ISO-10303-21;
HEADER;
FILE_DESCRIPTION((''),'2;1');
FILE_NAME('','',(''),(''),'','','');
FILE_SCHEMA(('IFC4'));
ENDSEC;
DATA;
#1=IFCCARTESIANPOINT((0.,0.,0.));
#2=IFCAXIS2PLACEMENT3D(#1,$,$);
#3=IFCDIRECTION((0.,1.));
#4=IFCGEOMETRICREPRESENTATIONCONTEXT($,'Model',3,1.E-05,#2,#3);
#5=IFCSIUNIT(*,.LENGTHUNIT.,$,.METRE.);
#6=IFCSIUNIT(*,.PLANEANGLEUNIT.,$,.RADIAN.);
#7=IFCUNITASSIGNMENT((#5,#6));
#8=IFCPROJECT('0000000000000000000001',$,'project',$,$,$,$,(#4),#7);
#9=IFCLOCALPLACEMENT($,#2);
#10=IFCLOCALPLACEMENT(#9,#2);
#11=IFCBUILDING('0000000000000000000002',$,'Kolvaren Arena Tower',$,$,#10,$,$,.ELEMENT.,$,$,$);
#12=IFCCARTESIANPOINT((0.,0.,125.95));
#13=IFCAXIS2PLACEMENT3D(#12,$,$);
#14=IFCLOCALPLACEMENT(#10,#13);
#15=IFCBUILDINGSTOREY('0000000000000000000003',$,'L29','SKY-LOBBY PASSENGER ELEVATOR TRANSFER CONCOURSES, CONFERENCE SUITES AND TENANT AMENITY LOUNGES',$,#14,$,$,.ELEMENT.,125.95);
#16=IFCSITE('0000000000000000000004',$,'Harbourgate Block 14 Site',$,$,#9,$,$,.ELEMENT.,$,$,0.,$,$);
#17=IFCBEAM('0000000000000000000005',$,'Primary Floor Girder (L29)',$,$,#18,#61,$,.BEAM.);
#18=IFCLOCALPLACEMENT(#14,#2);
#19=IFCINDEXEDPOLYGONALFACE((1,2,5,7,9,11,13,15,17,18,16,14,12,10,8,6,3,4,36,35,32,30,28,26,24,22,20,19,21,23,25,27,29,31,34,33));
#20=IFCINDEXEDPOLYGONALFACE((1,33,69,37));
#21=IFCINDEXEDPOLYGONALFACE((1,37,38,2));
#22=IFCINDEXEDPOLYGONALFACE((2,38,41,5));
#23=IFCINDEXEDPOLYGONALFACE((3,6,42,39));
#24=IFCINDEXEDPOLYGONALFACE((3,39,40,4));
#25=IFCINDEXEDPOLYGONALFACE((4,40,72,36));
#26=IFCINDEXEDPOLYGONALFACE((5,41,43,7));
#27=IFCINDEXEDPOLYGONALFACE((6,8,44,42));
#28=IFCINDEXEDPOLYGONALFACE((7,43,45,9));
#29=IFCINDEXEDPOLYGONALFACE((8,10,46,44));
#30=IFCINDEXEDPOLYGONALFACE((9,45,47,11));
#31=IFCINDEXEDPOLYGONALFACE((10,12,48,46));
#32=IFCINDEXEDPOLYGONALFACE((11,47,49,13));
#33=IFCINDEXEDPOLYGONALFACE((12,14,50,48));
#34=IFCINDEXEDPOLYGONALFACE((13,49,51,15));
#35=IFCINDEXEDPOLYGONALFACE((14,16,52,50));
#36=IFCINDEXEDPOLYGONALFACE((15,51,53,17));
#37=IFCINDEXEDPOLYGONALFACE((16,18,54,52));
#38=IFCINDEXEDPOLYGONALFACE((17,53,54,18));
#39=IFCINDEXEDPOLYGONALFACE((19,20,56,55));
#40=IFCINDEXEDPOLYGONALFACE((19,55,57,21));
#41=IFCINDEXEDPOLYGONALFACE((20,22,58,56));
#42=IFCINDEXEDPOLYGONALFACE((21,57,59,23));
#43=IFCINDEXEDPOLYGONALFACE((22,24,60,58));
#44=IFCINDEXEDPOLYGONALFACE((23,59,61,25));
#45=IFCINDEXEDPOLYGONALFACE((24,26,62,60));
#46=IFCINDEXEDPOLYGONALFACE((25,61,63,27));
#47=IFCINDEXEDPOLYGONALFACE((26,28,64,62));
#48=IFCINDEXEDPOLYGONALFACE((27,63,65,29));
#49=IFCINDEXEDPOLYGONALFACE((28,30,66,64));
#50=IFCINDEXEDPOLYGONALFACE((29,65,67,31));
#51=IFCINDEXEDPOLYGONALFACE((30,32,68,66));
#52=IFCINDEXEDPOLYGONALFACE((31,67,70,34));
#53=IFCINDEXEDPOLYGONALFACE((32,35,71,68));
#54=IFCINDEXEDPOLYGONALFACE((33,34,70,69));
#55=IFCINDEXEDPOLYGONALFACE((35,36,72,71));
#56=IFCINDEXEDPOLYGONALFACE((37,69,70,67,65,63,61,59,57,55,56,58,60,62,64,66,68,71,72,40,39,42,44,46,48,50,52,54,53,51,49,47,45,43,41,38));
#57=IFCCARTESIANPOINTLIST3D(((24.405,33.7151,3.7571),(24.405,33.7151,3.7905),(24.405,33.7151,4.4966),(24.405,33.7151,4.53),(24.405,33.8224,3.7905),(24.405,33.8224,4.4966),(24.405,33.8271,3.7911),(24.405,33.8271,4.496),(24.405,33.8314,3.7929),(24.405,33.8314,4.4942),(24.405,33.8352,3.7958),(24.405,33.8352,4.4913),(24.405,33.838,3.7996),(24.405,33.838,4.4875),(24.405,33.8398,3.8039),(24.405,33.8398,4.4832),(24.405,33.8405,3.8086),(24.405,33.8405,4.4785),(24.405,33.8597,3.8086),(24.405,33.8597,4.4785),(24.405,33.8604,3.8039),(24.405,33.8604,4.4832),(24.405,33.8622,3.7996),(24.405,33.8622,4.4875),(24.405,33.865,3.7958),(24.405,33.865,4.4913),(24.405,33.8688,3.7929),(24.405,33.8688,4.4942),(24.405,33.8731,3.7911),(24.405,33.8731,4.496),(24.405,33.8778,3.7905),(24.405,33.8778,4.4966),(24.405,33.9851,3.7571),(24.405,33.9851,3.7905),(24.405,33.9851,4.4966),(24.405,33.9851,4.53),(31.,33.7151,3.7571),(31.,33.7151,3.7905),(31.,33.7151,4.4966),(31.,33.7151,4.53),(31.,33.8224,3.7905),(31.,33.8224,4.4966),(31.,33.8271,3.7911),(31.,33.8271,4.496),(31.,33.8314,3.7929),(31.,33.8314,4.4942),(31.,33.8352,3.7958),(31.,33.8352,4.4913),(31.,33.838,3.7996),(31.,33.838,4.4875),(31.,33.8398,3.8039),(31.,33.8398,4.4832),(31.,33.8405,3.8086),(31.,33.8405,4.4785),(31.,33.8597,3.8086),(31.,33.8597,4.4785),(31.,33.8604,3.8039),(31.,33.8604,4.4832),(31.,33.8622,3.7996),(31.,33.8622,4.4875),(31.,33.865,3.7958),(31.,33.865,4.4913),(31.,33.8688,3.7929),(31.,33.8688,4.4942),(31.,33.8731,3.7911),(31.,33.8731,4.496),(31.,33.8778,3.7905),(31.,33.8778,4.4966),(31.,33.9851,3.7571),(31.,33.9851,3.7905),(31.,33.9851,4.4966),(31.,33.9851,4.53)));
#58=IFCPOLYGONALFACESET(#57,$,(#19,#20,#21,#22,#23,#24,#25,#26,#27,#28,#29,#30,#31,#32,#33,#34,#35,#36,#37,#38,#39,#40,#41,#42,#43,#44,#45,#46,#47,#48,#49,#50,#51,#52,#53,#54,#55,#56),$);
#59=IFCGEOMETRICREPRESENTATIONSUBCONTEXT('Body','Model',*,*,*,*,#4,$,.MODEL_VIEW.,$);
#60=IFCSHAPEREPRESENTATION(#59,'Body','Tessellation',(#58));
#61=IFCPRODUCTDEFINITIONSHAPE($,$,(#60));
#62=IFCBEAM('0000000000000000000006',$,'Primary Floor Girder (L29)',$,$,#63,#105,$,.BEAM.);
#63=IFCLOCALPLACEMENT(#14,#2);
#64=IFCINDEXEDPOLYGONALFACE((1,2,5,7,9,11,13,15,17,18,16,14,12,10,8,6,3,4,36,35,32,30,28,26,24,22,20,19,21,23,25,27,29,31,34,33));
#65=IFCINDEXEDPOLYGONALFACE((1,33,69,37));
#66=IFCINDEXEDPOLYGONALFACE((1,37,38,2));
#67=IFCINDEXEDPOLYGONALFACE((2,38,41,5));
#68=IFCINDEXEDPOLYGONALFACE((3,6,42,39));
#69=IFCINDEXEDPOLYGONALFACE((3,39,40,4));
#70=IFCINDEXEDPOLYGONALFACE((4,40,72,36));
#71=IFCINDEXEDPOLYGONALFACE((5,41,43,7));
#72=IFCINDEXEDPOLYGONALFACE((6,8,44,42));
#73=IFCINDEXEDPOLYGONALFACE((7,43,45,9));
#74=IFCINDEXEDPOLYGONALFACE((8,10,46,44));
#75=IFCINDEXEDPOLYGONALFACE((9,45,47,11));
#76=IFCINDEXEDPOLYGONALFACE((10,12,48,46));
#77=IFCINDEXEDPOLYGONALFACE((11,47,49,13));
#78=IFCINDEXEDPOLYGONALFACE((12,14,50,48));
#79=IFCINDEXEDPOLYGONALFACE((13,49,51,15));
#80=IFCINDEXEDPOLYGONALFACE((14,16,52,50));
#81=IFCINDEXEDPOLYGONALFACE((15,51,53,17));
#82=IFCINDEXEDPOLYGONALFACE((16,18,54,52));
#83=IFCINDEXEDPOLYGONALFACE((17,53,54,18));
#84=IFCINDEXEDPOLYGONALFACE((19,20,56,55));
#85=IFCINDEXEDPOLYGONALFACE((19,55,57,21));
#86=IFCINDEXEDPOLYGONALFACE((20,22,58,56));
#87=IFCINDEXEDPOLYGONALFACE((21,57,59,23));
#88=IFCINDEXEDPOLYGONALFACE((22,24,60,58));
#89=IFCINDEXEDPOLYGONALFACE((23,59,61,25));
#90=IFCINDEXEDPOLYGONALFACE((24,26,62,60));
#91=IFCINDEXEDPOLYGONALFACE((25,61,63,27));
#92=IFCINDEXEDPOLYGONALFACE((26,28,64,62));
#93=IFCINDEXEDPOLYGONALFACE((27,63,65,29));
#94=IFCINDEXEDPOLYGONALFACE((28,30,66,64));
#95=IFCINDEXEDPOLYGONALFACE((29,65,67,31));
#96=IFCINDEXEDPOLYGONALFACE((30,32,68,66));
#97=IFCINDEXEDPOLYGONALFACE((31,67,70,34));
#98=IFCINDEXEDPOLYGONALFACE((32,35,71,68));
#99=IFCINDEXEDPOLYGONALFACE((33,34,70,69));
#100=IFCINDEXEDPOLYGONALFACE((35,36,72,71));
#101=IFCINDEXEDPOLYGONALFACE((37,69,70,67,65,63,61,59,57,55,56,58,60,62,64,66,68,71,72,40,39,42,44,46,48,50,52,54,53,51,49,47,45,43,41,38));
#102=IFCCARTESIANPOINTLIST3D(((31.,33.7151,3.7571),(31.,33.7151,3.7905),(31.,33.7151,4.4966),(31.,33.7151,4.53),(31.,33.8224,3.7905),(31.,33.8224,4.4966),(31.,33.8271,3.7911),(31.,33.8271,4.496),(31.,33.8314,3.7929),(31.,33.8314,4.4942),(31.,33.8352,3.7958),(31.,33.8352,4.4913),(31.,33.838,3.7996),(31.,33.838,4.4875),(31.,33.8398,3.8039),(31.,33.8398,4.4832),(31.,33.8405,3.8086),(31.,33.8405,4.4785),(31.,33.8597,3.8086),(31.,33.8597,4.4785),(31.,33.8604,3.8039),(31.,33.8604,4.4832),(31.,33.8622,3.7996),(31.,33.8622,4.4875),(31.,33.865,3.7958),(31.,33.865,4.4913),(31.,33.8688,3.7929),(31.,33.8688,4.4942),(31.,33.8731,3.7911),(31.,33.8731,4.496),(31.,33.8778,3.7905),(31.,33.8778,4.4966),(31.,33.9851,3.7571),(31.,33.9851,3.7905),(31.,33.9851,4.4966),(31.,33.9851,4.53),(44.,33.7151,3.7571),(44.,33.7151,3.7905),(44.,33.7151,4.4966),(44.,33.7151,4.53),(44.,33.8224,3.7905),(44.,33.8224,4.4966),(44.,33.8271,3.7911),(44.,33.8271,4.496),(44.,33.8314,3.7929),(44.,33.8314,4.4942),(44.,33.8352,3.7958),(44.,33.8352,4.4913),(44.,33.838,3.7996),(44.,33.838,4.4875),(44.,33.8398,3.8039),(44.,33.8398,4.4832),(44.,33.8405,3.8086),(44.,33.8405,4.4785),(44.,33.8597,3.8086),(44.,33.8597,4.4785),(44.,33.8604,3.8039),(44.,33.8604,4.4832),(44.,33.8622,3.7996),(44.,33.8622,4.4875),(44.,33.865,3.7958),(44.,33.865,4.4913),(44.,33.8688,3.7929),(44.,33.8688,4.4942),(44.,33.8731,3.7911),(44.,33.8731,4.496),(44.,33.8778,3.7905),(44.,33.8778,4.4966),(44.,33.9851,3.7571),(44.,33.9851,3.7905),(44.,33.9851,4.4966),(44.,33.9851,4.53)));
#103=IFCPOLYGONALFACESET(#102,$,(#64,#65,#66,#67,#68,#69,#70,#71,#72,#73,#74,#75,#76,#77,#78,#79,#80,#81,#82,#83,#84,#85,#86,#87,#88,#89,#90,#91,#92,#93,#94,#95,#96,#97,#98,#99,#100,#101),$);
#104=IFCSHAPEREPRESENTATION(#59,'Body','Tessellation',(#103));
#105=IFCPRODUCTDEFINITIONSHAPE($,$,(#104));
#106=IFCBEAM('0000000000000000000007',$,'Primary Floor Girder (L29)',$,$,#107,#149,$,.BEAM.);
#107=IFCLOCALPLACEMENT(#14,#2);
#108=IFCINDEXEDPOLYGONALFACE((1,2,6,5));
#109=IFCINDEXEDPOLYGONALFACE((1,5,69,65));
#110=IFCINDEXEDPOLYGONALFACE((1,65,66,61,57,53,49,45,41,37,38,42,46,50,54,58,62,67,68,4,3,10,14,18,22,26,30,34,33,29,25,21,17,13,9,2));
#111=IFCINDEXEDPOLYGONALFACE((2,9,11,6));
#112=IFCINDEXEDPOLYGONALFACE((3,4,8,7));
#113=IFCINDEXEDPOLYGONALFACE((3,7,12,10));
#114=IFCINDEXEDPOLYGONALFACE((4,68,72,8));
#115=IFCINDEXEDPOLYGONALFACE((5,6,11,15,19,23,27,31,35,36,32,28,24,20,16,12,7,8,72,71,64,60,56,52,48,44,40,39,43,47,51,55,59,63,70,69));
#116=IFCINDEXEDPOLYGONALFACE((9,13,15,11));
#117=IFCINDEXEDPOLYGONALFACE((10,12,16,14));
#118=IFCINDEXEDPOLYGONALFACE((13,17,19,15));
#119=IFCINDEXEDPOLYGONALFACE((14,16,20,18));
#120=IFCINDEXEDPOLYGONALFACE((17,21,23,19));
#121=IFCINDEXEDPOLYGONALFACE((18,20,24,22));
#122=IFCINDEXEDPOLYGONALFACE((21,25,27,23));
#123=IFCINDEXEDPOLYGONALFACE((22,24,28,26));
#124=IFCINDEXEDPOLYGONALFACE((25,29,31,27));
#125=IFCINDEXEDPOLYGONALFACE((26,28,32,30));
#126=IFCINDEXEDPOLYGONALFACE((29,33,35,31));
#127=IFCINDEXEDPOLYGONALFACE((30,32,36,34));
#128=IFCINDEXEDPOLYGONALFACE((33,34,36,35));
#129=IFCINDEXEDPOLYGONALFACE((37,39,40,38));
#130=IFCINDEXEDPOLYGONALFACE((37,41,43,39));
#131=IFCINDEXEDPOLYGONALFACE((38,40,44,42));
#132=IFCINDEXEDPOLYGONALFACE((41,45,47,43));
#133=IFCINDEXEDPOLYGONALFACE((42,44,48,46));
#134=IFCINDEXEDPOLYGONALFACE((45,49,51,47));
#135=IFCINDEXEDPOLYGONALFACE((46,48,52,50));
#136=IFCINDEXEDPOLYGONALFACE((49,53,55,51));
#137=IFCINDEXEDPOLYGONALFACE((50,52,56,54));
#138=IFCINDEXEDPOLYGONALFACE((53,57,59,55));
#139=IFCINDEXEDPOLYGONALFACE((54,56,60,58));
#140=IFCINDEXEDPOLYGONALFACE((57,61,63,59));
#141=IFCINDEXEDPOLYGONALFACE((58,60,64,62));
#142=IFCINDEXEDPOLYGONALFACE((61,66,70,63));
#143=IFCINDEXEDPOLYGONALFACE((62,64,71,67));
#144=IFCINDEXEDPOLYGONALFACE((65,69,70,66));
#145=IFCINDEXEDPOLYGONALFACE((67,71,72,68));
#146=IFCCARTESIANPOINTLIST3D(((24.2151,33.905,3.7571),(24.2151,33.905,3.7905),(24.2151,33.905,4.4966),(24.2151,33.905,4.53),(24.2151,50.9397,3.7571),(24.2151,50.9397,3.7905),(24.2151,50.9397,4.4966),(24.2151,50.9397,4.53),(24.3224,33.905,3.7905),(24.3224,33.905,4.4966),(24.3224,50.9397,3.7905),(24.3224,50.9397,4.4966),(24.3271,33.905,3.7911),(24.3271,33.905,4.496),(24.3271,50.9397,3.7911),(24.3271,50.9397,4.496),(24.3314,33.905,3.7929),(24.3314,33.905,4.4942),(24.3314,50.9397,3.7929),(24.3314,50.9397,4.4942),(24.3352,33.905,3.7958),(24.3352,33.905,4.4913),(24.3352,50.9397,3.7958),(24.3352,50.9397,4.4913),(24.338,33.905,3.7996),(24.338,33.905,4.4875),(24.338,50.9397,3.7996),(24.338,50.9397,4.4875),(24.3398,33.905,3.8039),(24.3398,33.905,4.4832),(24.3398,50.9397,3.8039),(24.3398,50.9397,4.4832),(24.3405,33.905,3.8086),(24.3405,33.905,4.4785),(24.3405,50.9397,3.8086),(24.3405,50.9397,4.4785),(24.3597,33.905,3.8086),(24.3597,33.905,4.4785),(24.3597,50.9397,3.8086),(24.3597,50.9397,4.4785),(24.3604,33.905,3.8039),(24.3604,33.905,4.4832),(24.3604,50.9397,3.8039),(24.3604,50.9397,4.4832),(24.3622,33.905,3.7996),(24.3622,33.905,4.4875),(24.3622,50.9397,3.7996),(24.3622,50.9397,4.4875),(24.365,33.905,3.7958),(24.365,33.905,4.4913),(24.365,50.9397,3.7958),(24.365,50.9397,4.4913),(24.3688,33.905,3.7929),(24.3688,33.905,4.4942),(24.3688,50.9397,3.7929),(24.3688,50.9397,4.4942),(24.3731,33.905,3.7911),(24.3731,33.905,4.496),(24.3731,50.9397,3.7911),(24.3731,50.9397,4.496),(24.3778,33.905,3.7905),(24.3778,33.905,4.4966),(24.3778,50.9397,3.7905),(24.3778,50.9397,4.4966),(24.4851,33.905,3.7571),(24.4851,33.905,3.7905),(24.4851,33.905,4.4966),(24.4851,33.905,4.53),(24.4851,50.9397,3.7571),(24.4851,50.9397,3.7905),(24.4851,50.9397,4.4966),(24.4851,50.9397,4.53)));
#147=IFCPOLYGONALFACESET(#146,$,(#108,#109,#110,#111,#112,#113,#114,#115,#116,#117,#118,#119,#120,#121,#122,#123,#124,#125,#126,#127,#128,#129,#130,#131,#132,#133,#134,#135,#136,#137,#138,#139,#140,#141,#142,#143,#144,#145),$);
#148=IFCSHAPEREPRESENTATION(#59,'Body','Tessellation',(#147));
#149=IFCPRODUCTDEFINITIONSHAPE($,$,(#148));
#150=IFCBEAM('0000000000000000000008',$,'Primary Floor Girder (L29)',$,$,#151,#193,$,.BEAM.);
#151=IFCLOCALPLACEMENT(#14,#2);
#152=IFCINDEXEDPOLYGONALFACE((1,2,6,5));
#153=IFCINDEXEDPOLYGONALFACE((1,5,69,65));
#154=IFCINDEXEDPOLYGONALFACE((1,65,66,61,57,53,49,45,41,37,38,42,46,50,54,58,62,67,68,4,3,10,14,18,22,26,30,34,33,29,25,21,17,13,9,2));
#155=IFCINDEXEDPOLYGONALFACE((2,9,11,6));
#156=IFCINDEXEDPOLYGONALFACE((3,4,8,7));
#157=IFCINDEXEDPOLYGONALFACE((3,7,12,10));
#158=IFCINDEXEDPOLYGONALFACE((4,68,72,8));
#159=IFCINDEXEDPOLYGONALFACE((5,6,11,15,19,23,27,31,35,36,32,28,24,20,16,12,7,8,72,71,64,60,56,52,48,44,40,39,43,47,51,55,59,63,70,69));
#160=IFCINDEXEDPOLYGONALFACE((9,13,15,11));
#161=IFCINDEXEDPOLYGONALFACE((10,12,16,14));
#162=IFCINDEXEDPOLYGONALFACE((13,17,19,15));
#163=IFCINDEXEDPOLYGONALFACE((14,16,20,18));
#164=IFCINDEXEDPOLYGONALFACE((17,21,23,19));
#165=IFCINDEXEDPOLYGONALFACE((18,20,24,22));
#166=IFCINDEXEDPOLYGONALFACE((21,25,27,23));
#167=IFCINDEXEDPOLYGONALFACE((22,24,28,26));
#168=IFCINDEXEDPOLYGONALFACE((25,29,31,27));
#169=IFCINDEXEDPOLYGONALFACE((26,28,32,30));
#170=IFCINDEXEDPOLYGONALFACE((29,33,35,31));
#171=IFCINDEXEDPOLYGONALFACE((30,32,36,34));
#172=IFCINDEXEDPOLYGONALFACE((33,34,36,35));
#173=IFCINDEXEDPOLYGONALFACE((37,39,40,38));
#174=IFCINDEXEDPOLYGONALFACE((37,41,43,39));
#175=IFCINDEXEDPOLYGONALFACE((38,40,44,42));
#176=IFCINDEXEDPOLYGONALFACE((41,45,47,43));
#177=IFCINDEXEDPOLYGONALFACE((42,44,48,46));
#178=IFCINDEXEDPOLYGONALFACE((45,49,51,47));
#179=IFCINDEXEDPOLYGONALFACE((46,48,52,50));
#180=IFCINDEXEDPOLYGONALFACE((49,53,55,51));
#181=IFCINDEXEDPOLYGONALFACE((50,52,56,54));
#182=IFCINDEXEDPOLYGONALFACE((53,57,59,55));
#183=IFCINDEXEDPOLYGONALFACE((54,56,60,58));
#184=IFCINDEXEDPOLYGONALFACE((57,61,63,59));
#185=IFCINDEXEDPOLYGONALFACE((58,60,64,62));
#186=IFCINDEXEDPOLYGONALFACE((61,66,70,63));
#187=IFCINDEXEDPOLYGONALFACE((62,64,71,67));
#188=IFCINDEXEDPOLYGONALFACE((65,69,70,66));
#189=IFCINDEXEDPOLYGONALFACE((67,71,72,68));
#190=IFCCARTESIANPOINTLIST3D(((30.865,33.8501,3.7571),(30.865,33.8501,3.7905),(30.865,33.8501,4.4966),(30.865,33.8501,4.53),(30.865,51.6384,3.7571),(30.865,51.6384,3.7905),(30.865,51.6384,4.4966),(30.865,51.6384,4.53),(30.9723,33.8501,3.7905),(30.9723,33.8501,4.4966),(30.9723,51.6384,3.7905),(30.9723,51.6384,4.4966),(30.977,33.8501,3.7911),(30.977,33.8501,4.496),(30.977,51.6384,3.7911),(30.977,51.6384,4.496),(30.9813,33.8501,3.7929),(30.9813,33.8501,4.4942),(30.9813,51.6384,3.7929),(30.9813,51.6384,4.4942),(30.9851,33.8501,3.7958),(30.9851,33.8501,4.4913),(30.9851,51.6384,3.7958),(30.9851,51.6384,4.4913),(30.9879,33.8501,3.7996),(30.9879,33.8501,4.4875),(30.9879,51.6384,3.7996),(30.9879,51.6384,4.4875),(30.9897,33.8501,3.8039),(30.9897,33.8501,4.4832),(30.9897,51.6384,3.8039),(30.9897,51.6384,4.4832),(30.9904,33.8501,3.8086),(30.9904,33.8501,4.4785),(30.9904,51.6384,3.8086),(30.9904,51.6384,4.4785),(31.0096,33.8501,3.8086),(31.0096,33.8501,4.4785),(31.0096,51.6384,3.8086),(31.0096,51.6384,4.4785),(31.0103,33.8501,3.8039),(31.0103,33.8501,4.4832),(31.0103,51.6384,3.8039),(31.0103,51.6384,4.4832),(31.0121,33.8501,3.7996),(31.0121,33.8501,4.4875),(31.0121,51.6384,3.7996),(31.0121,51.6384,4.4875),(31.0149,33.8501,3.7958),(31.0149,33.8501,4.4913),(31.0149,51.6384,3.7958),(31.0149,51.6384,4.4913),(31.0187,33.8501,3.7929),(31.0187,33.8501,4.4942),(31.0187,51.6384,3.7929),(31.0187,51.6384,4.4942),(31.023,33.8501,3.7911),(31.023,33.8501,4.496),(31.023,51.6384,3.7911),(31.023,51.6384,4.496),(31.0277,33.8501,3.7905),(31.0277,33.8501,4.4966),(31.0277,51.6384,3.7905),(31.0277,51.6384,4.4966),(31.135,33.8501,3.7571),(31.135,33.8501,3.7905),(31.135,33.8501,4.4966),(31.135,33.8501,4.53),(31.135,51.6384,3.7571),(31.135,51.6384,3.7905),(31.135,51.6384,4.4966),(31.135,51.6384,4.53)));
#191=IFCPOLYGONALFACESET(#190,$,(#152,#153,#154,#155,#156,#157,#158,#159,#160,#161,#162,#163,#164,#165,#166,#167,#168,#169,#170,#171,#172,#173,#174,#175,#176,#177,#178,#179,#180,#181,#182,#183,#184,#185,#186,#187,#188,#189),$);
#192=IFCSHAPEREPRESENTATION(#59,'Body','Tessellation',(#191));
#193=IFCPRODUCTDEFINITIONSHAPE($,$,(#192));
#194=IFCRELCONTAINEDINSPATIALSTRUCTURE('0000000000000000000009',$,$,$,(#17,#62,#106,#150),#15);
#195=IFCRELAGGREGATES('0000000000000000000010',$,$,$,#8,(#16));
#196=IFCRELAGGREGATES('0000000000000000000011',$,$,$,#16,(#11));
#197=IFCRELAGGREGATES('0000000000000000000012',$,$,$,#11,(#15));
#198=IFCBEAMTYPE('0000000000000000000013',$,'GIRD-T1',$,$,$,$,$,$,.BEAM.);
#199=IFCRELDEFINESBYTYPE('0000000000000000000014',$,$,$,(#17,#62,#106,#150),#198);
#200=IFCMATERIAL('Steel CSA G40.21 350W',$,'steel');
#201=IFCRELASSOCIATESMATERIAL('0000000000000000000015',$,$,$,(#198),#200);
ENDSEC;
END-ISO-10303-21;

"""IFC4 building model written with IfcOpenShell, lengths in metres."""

from ifc_helpers import new_model, si_unit, direction, frame, origin, origin_2d, place, context, subcontext, project, spatial, i_section, extrude, material, material_profile, profile_set, type_object, element, save


model = new_model("IFC4")

# Units and contexts
model_context = context("Model", 3, precision=1e-05, world=origin(), true_north=direction((0.0, 1.0)))
body_context = subcontext(model_context, "Body", "Model", "MODEL_VIEW")
ifc_project = project(units=[si_unit("LENGTHUNIT", "METRE"), si_unit("PLANEANGLEUNIT", "RADIAN")], contexts=[model_context])

# Site, building, storey
site_placement = place(None, origin())
site = spatial("IfcSite", under=ifc_project, at=site_placement, Name="Harbourgate Block 14 Site", CompositionType="ELEMENT", RefElevation=0.0)
building_placement = place(site_placement, origin())
building = spatial("IfcBuilding", under=site, at=building_placement, Name="Kolvaren Arena Tower", CompositionType="ELEMENT")
storey_placement = place(building_placement, frame((0.0, 0.0, 125.95)))
storey = spatial("IfcBuildingStorey", under=building, at=storey_placement, Name="L29", Description="SKY-LOBBY PASSENGER ELEVATOR TRANSFER CONCOURSES, CONFERENCE SUITES AND TENANT AMENITY LOUNGES", CompositionType="ELEMENT", Elevation=125.95)

# Beams
ifc_material_1 = material(Name="Steel CSA G40.21 350W", Category="steel")
ifc_material_profile_1 = material_profile(ifc_material_1, i_section(OverallWidth=0.27, OverallDepth=0.7729, WebThickness=0.0193, FlangeThickness=0.0334, FilletRadius=0.0181, at=origin_2d()), Name="W760x257")
ifc_profile_set_1 = profile_set([ifc_material_profile_1], Name="Steel CSA G40.21 350W")
beam_type_1 = type_object("IfcBeamType", Name="GIRD-T1", PredefinedType="BEAM", material=ifc_profile_set_1)
beam_1_placement = place(storey_placement, frame((24.405, 33.8501, 4.1436), z_axis=(1.0, 0.0, 0.0), x_axis=(0.0, 1.0, 0.0)))
element("IfcBeam", 1, at=beam_1_placement, inside=storey, type_object=beam_type_1, Name="Primary Floor Girder (L29)", PredefinedType="BEAM", context=body_context, shape_type="SweptSolid", body=[
    extrude(i_section(OverallWidth=0.27, OverallDepth=0.7729, WebThickness=0.0193, FlangeThickness=0.0334, FilletRadius=0.0181, at=origin_2d()), origin(), (0.0, 0.0, 1.0), 6.595),
])
beam_2_placement = place(storey_placement, frame((31.0, 33.8501, 4.1436), z_axis=(1.0, 0.0, 0.0), x_axis=(0.0, 1.0, 0.0)))
element("IfcBeam", 2, at=beam_2_placement, inside=storey, type_object=beam_type_1, Name="Primary Floor Girder (L29)", PredefinedType="BEAM", context=body_context, shape_type="SweptSolid", body=[
    extrude(i_section(OverallWidth=0.27, OverallDepth=0.7729, WebThickness=0.0193, FlangeThickness=0.0334, FilletRadius=0.0181, at=origin_2d()), origin(), (0.0, 0.0, 1.0), 13.0),
])
beam_3_placement = place(storey_placement, frame((24.3501, 33.905, 4.1436), z_axis=(0.0, 1.0, 0.0), x_axis=(-1.0, 0.0, 0.0)))
element("IfcBeam", 3, at=beam_3_placement, inside=storey, type_object=beam_type_1, Name="Primary Floor Girder (L29)", PredefinedType="BEAM", context=body_context, shape_type="SweptSolid", body=[
    extrude(i_section(OverallWidth=0.27, OverallDepth=0.7729, WebThickness=0.0193, FlangeThickness=0.0334, FilletRadius=0.0181, at=origin_2d()), origin(), (0.0, 0.0, 1.0), 17.0347),
])
beam_4_placement = place(storey_placement, frame((31.0, 33.8501, 4.1436), z_axis=(0.0, 1.0, 0.0), x_axis=(-1.0, 0.0, 0.0)))
element("IfcBeam", 4, at=beam_4_placement, inside=storey, type_object=beam_type_1, Name="Primary Floor Girder (L29)", PredefinedType="BEAM", context=body_context, shape_type="SweptSolid", body=[
    extrude(i_section(OverallWidth=0.27, OverallDepth=0.7729, WebThickness=0.0193, FlangeThickness=0.0334, FilletRadius=0.0181, at=origin_2d()), origin(), (0.0, 0.0, 1.0), 17.7883),
])

save(model, "model.ifc")
